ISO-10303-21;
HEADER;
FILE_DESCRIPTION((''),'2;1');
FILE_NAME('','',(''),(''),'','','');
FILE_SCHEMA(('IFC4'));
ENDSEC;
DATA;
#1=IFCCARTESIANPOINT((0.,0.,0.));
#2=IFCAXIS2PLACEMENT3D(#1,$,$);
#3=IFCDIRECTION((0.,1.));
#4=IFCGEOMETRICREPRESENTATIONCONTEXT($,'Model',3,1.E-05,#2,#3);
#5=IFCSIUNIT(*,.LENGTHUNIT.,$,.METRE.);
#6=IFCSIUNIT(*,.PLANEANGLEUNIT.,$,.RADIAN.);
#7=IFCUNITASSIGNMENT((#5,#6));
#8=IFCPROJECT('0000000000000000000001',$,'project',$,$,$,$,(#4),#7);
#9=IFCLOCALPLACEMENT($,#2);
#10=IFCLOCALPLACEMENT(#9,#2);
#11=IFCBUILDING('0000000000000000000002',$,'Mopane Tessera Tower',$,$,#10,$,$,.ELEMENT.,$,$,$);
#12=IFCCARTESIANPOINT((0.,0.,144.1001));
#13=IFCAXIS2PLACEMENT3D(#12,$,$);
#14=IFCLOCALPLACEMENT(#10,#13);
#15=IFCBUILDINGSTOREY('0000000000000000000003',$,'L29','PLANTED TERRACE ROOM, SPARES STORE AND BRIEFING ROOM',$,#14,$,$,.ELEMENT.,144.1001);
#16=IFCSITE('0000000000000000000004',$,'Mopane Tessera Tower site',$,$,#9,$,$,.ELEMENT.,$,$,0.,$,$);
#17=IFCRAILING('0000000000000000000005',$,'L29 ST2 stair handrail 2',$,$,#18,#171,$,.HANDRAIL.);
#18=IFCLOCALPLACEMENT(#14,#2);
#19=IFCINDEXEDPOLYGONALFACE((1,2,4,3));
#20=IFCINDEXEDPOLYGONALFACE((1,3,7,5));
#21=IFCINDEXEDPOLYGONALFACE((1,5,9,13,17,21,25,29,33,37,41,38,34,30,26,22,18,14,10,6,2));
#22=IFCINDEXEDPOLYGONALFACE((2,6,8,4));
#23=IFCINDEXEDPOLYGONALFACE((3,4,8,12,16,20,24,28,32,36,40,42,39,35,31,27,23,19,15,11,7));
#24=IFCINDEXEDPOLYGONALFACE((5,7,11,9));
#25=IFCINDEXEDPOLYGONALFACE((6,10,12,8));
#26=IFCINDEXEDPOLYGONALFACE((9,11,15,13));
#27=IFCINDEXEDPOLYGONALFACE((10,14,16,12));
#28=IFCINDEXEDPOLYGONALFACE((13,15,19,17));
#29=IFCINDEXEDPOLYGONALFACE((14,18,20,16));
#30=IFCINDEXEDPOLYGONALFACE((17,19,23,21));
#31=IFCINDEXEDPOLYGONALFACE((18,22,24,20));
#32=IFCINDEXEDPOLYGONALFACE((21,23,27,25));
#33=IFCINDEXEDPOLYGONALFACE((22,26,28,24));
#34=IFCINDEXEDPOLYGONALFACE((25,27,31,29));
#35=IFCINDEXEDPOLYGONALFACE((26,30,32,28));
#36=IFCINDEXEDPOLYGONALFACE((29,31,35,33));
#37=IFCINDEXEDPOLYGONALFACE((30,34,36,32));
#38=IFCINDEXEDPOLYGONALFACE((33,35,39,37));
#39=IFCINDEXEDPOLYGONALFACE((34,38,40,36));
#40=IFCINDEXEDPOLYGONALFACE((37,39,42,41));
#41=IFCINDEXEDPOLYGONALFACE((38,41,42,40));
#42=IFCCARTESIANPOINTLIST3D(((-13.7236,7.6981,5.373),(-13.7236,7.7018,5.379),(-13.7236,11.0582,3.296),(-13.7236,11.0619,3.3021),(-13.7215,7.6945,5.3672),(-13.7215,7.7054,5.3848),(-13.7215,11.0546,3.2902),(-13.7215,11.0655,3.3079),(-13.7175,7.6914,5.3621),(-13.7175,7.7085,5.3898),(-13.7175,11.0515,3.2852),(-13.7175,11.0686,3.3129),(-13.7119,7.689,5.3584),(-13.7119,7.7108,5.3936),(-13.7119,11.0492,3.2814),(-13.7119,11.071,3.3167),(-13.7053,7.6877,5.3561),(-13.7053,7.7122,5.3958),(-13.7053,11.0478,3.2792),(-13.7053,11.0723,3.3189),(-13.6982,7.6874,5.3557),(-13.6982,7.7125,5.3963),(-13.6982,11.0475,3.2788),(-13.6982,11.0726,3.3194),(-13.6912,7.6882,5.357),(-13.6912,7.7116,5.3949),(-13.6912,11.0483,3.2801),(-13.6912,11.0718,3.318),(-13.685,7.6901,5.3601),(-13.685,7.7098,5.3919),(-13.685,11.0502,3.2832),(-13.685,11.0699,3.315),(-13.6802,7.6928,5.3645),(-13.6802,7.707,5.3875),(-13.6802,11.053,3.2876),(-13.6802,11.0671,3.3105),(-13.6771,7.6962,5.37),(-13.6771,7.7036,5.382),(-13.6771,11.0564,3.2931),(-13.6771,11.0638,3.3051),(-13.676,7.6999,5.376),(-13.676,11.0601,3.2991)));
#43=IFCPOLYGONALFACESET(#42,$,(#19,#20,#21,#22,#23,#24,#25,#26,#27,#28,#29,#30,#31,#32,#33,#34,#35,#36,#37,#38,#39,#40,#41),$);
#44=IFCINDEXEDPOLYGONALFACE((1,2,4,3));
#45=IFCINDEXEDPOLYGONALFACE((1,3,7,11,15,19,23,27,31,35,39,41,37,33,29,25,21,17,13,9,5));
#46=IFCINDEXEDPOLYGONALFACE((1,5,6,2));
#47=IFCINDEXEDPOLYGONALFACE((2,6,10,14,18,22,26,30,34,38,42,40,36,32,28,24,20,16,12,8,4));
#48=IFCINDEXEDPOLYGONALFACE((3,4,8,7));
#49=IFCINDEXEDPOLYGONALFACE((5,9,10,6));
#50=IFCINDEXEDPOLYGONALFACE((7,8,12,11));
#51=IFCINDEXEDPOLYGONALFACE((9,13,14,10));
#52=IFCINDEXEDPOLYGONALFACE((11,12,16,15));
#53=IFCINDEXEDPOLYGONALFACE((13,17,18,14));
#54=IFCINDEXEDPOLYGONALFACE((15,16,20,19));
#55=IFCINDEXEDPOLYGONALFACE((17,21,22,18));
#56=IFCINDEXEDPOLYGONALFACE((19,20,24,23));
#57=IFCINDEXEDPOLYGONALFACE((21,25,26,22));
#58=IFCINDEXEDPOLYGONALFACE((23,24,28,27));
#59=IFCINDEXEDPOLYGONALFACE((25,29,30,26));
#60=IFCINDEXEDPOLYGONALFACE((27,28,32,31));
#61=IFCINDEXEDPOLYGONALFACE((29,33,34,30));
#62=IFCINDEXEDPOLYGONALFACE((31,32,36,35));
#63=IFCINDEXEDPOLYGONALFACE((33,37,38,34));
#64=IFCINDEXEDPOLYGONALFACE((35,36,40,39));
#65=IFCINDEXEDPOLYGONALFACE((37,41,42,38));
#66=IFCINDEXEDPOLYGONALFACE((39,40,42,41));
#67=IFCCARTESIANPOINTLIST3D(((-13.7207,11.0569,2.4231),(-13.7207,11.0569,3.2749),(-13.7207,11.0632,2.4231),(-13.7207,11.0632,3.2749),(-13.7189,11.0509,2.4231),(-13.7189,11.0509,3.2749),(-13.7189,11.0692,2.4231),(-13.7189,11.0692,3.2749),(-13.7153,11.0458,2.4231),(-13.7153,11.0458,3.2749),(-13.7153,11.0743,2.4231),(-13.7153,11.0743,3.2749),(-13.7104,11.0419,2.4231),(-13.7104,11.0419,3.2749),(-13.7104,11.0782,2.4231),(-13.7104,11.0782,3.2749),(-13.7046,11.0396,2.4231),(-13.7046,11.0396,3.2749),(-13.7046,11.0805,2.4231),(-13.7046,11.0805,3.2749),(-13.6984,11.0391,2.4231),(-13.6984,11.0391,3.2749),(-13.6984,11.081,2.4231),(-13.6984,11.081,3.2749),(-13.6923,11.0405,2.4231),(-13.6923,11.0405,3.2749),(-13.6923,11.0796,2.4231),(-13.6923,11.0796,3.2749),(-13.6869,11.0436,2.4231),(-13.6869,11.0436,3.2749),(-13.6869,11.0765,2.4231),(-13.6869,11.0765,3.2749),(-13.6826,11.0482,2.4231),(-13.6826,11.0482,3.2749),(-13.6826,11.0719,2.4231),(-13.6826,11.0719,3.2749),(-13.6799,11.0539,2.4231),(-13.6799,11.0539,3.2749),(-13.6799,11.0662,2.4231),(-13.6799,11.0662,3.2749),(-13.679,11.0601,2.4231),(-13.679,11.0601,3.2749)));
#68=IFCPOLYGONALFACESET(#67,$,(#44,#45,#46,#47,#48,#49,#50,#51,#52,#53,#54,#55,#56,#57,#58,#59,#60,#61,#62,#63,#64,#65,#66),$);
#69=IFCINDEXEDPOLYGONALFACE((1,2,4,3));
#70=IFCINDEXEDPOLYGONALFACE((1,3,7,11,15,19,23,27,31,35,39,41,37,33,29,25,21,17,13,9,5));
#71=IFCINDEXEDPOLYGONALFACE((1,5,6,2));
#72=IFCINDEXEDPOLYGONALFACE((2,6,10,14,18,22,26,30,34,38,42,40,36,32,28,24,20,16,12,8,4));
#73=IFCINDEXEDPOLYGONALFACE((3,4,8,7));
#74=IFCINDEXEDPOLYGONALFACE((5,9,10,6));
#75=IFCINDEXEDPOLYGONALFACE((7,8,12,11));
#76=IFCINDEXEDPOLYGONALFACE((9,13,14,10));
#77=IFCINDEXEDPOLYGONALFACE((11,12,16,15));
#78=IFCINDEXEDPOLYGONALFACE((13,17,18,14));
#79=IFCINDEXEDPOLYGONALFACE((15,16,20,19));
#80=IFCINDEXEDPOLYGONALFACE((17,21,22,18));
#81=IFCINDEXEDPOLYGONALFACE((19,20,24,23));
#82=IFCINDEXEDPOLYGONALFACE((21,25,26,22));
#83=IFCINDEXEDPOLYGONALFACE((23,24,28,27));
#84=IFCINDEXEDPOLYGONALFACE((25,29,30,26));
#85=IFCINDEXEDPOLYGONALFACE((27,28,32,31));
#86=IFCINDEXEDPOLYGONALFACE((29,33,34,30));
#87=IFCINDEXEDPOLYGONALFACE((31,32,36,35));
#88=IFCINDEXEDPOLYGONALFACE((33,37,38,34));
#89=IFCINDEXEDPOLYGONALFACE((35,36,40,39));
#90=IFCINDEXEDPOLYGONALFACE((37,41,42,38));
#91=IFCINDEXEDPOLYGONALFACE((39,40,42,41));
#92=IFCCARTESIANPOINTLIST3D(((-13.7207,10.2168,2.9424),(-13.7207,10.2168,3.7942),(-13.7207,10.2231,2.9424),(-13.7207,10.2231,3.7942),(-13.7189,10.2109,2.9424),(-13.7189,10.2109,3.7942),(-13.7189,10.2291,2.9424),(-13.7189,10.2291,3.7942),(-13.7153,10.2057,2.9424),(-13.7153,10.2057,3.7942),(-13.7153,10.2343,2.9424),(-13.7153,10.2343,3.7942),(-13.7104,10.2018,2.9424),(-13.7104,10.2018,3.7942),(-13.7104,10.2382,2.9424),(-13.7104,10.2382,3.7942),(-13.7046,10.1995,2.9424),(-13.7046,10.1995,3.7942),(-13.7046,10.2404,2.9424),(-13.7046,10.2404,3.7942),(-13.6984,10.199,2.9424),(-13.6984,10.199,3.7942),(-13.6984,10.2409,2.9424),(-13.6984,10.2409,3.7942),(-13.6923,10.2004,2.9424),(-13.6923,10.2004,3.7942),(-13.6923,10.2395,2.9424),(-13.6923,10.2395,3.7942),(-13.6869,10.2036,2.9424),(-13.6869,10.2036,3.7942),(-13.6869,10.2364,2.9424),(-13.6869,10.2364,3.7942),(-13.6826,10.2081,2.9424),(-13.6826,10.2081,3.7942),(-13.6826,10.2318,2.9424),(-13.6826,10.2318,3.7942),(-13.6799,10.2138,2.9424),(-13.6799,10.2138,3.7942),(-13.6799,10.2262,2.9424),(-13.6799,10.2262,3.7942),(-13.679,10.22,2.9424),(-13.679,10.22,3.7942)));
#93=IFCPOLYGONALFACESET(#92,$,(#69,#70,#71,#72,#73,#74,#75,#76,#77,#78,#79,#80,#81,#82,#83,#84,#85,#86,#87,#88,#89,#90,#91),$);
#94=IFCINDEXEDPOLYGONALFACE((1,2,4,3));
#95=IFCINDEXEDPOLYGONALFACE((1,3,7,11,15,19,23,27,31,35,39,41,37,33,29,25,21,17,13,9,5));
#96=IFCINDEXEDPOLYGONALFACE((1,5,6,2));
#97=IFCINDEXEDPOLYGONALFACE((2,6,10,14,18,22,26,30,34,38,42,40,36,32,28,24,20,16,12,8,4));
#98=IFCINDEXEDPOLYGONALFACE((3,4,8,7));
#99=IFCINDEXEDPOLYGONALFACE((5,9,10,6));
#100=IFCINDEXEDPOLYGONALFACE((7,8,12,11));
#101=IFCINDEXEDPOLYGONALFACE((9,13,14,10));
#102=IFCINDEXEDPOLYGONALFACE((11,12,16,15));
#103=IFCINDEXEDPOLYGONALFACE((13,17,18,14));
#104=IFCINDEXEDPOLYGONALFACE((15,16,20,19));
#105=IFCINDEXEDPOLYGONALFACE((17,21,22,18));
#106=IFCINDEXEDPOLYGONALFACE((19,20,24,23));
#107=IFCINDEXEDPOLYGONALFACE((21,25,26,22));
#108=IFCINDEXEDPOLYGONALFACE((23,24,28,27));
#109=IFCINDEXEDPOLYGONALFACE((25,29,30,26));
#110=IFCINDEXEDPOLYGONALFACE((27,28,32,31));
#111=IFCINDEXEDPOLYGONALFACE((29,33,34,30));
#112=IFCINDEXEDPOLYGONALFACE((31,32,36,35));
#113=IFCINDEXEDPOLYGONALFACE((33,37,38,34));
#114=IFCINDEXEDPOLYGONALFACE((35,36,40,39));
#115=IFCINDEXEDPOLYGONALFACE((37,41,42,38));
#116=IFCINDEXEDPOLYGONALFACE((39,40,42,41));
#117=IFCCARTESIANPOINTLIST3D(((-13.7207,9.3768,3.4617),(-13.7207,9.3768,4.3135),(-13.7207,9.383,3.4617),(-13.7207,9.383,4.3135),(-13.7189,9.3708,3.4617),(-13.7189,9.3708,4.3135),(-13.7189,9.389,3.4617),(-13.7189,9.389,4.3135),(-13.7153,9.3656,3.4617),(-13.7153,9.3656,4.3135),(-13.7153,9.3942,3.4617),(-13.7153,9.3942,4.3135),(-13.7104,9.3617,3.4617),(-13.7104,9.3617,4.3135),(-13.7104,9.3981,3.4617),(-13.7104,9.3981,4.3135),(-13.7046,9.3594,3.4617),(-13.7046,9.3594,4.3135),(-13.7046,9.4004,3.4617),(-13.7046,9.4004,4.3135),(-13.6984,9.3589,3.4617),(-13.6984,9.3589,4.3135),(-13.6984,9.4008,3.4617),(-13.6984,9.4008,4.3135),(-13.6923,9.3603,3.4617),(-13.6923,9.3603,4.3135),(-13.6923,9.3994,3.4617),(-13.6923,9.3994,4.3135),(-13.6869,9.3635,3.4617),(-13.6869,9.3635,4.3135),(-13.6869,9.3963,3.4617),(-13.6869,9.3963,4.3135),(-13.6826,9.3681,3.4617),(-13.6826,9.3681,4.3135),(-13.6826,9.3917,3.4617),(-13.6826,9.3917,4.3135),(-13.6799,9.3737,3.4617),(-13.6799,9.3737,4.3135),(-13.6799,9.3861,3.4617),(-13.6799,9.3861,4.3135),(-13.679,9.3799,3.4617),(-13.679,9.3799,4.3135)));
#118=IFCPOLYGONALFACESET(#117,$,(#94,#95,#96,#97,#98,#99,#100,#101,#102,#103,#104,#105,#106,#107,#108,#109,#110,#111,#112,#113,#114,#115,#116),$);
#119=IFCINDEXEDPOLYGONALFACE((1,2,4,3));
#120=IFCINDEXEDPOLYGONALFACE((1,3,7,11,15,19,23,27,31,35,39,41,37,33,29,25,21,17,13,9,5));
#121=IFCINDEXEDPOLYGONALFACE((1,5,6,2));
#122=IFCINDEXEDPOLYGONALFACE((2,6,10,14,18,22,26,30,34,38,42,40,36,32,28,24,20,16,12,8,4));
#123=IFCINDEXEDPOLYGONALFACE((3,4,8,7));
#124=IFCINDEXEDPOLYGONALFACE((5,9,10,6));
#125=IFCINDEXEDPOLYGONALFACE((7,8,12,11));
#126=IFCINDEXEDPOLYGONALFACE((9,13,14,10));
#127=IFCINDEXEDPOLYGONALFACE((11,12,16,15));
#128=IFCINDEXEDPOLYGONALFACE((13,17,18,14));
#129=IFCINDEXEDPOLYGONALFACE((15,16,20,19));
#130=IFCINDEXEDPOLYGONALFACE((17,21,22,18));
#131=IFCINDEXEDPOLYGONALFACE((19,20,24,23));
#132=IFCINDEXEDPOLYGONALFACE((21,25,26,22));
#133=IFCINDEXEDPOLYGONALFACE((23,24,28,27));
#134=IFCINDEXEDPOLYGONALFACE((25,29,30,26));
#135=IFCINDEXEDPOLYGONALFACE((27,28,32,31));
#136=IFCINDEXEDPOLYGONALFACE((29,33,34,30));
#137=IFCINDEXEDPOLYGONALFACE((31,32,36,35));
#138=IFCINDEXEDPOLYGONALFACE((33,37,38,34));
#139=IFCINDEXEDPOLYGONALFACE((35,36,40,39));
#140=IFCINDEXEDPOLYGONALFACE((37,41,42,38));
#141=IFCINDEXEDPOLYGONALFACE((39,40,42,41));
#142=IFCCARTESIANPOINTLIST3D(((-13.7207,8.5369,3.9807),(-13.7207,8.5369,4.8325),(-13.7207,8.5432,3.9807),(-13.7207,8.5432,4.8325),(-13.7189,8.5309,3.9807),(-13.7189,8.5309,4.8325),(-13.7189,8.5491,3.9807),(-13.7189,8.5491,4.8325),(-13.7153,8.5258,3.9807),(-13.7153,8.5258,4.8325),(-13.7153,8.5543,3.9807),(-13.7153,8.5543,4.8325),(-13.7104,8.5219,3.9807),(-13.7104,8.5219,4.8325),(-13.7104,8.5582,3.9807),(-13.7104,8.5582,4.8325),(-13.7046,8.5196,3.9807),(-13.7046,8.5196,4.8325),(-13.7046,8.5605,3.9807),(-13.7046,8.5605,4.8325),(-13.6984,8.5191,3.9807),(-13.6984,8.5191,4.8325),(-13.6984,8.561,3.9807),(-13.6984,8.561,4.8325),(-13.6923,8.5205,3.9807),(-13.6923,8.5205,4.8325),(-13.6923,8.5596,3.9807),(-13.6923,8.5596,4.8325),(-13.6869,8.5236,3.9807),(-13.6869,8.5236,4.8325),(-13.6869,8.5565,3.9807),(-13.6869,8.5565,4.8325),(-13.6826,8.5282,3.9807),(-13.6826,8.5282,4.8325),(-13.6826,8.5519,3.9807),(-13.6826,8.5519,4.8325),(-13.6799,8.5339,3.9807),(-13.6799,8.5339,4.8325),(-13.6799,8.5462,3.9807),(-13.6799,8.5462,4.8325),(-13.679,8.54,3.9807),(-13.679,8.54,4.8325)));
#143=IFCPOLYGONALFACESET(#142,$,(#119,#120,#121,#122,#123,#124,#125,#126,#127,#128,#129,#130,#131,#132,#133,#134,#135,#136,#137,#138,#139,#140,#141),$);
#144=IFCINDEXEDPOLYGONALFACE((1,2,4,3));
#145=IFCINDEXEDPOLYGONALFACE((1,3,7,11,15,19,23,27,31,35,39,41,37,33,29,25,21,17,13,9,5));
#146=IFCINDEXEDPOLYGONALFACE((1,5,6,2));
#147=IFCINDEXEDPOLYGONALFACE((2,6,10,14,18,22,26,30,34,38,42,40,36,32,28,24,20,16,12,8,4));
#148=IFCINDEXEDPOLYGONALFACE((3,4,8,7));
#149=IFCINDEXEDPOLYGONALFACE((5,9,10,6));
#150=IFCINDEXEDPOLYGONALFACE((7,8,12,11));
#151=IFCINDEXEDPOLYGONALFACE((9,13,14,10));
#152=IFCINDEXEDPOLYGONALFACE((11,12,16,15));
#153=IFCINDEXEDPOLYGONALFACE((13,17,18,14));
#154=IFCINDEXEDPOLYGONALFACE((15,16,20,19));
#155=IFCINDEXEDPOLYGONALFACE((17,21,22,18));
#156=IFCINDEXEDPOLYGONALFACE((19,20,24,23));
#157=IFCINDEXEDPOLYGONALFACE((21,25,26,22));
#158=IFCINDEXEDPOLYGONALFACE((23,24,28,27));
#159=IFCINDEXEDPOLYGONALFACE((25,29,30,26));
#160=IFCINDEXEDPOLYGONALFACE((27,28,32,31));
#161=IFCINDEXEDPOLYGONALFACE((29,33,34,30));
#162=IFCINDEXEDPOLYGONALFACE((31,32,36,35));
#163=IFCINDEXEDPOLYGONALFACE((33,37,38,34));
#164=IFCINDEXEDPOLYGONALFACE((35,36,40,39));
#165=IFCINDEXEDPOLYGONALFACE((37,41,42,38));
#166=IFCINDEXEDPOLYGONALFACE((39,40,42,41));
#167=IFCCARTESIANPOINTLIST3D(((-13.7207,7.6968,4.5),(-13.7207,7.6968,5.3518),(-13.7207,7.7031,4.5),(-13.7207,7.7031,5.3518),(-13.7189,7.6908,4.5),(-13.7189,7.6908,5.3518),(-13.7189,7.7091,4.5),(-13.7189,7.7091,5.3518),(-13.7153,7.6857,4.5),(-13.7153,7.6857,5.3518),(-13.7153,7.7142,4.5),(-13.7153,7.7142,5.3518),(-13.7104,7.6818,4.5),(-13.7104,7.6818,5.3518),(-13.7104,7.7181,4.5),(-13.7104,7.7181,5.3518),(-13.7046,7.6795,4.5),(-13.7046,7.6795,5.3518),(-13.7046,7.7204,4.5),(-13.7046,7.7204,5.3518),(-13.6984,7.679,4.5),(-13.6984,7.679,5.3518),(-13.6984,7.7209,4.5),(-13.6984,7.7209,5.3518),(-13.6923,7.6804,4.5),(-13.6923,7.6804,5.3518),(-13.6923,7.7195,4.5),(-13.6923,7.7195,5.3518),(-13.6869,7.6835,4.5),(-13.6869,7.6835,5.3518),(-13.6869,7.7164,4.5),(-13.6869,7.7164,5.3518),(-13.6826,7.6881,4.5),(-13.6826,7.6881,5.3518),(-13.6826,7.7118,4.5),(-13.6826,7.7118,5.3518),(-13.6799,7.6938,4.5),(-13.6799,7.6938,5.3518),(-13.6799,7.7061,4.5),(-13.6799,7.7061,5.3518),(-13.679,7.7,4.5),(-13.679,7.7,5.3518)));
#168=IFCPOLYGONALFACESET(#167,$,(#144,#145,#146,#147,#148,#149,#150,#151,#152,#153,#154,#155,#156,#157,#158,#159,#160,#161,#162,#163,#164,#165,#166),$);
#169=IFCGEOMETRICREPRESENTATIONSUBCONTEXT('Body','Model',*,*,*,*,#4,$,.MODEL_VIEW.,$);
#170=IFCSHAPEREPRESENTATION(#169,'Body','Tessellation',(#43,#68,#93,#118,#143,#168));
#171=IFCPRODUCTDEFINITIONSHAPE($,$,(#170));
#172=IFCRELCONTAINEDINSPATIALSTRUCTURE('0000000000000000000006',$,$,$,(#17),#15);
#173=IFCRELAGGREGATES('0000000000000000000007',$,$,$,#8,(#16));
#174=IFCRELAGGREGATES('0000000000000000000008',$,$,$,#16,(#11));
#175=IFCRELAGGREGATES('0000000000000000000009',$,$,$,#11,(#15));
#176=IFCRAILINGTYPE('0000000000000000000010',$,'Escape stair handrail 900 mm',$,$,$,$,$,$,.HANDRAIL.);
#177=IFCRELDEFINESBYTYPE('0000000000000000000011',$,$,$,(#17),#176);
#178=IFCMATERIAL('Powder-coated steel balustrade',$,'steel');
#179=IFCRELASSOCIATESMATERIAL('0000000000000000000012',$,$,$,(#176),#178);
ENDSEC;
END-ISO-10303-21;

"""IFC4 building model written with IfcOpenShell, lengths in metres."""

from ifc_helpers import new_model, si_unit, direction, frame, origin, origin_2d, place, context, subcontext, project, spatial, circle, extrude, material, type_object, element, save


model = new_model("IFC4")

# Units and contexts
model_context = context("Model", 3, precision=1e-05, world=origin(), true_north=direction((0.0, 1.0)))
body_context = subcontext(model_context, "Body", "Model", "MODEL_VIEW")
ifc_project = project(units=[si_unit("LENGTHUNIT", "METRE"), si_unit("PLANEANGLEUNIT", "RADIAN")], contexts=[model_context])

# Site, building, storey
site_placement = place(None, origin())
site = spatial("IfcSite", under=ifc_project, at=site_placement, Name="Mopane Tessera Tower site", CompositionType="ELEMENT", RefElevation=0.0)
building_placement = place(site_placement, origin())
building = spatial("IfcBuilding", under=site, at=building_placement, Name="Mopane Tessera Tower", CompositionType="ELEMENT")
storey_placement = place(building_placement, frame((0.0, 0.0, 144.1001)))
storey = spatial("IfcBuildingStorey", under=building, at=storey_placement, Name="L29", Description="PLANTED TERRACE ROOM, SPARES STORE AND BRIEFING ROOM", CompositionType="ELEMENT", Elevation=144.1001)

# Railing
ifc_material_1 = material(Name="Powder-coated steel balustrade", Category="steel")
railing_type_1 = type_object("IfcRailingType", Name="Escape stair handrail 900 mm", PredefinedType="HANDRAIL", material=ifc_material_1)
railing_1_placement = place(storey_placement, frame((-13.7, 11.0601, 2.4231)))
element("IfcRailing", 1, at=railing_1_placement, inside=storey, type_object=railing_type_1, Name="L29 ST2 stair handrail 2", PredefinedType="HANDRAIL", context=body_context, shape_type="SweptSolid", body=[
    extrude(circle(Radius=0.0239, at=origin_2d()), frame((0.0, 0.0, 0.876), z_axis=(0.0, -0.850623, 0.525776), x_axis=(1.0, 0.0, 0.0)), (0.0, 0.0, 1.0), 3.9502),
    extrude(circle(Radius=0.021, at=origin_2d()), origin(), (0.0, 0.0, 1.0), 0.8518),
    extrude(circle(Radius=0.021, at=origin_2d()), frame((0.0, -0.8401, 0.5193)), (0.0, 0.0, 1.0), 0.8518),
    extrude(circle(Radius=0.021, at=origin_2d()), frame((0.0, -1.6802, 1.0386)), (0.0, 0.0, 1.0), 0.8518),
    extrude(circle(Radius=0.021, at=origin_2d()), frame((0.0, -2.52, 1.5576)), (0.0, 0.0, 1.0), 0.8518),
    extrude(circle(Radius=0.021, at=origin_2d()), frame((0.0, -3.3601, 2.0769)), (0.0, 0.0, 1.0), 0.8518),
])

save(model, "model.ifc")
